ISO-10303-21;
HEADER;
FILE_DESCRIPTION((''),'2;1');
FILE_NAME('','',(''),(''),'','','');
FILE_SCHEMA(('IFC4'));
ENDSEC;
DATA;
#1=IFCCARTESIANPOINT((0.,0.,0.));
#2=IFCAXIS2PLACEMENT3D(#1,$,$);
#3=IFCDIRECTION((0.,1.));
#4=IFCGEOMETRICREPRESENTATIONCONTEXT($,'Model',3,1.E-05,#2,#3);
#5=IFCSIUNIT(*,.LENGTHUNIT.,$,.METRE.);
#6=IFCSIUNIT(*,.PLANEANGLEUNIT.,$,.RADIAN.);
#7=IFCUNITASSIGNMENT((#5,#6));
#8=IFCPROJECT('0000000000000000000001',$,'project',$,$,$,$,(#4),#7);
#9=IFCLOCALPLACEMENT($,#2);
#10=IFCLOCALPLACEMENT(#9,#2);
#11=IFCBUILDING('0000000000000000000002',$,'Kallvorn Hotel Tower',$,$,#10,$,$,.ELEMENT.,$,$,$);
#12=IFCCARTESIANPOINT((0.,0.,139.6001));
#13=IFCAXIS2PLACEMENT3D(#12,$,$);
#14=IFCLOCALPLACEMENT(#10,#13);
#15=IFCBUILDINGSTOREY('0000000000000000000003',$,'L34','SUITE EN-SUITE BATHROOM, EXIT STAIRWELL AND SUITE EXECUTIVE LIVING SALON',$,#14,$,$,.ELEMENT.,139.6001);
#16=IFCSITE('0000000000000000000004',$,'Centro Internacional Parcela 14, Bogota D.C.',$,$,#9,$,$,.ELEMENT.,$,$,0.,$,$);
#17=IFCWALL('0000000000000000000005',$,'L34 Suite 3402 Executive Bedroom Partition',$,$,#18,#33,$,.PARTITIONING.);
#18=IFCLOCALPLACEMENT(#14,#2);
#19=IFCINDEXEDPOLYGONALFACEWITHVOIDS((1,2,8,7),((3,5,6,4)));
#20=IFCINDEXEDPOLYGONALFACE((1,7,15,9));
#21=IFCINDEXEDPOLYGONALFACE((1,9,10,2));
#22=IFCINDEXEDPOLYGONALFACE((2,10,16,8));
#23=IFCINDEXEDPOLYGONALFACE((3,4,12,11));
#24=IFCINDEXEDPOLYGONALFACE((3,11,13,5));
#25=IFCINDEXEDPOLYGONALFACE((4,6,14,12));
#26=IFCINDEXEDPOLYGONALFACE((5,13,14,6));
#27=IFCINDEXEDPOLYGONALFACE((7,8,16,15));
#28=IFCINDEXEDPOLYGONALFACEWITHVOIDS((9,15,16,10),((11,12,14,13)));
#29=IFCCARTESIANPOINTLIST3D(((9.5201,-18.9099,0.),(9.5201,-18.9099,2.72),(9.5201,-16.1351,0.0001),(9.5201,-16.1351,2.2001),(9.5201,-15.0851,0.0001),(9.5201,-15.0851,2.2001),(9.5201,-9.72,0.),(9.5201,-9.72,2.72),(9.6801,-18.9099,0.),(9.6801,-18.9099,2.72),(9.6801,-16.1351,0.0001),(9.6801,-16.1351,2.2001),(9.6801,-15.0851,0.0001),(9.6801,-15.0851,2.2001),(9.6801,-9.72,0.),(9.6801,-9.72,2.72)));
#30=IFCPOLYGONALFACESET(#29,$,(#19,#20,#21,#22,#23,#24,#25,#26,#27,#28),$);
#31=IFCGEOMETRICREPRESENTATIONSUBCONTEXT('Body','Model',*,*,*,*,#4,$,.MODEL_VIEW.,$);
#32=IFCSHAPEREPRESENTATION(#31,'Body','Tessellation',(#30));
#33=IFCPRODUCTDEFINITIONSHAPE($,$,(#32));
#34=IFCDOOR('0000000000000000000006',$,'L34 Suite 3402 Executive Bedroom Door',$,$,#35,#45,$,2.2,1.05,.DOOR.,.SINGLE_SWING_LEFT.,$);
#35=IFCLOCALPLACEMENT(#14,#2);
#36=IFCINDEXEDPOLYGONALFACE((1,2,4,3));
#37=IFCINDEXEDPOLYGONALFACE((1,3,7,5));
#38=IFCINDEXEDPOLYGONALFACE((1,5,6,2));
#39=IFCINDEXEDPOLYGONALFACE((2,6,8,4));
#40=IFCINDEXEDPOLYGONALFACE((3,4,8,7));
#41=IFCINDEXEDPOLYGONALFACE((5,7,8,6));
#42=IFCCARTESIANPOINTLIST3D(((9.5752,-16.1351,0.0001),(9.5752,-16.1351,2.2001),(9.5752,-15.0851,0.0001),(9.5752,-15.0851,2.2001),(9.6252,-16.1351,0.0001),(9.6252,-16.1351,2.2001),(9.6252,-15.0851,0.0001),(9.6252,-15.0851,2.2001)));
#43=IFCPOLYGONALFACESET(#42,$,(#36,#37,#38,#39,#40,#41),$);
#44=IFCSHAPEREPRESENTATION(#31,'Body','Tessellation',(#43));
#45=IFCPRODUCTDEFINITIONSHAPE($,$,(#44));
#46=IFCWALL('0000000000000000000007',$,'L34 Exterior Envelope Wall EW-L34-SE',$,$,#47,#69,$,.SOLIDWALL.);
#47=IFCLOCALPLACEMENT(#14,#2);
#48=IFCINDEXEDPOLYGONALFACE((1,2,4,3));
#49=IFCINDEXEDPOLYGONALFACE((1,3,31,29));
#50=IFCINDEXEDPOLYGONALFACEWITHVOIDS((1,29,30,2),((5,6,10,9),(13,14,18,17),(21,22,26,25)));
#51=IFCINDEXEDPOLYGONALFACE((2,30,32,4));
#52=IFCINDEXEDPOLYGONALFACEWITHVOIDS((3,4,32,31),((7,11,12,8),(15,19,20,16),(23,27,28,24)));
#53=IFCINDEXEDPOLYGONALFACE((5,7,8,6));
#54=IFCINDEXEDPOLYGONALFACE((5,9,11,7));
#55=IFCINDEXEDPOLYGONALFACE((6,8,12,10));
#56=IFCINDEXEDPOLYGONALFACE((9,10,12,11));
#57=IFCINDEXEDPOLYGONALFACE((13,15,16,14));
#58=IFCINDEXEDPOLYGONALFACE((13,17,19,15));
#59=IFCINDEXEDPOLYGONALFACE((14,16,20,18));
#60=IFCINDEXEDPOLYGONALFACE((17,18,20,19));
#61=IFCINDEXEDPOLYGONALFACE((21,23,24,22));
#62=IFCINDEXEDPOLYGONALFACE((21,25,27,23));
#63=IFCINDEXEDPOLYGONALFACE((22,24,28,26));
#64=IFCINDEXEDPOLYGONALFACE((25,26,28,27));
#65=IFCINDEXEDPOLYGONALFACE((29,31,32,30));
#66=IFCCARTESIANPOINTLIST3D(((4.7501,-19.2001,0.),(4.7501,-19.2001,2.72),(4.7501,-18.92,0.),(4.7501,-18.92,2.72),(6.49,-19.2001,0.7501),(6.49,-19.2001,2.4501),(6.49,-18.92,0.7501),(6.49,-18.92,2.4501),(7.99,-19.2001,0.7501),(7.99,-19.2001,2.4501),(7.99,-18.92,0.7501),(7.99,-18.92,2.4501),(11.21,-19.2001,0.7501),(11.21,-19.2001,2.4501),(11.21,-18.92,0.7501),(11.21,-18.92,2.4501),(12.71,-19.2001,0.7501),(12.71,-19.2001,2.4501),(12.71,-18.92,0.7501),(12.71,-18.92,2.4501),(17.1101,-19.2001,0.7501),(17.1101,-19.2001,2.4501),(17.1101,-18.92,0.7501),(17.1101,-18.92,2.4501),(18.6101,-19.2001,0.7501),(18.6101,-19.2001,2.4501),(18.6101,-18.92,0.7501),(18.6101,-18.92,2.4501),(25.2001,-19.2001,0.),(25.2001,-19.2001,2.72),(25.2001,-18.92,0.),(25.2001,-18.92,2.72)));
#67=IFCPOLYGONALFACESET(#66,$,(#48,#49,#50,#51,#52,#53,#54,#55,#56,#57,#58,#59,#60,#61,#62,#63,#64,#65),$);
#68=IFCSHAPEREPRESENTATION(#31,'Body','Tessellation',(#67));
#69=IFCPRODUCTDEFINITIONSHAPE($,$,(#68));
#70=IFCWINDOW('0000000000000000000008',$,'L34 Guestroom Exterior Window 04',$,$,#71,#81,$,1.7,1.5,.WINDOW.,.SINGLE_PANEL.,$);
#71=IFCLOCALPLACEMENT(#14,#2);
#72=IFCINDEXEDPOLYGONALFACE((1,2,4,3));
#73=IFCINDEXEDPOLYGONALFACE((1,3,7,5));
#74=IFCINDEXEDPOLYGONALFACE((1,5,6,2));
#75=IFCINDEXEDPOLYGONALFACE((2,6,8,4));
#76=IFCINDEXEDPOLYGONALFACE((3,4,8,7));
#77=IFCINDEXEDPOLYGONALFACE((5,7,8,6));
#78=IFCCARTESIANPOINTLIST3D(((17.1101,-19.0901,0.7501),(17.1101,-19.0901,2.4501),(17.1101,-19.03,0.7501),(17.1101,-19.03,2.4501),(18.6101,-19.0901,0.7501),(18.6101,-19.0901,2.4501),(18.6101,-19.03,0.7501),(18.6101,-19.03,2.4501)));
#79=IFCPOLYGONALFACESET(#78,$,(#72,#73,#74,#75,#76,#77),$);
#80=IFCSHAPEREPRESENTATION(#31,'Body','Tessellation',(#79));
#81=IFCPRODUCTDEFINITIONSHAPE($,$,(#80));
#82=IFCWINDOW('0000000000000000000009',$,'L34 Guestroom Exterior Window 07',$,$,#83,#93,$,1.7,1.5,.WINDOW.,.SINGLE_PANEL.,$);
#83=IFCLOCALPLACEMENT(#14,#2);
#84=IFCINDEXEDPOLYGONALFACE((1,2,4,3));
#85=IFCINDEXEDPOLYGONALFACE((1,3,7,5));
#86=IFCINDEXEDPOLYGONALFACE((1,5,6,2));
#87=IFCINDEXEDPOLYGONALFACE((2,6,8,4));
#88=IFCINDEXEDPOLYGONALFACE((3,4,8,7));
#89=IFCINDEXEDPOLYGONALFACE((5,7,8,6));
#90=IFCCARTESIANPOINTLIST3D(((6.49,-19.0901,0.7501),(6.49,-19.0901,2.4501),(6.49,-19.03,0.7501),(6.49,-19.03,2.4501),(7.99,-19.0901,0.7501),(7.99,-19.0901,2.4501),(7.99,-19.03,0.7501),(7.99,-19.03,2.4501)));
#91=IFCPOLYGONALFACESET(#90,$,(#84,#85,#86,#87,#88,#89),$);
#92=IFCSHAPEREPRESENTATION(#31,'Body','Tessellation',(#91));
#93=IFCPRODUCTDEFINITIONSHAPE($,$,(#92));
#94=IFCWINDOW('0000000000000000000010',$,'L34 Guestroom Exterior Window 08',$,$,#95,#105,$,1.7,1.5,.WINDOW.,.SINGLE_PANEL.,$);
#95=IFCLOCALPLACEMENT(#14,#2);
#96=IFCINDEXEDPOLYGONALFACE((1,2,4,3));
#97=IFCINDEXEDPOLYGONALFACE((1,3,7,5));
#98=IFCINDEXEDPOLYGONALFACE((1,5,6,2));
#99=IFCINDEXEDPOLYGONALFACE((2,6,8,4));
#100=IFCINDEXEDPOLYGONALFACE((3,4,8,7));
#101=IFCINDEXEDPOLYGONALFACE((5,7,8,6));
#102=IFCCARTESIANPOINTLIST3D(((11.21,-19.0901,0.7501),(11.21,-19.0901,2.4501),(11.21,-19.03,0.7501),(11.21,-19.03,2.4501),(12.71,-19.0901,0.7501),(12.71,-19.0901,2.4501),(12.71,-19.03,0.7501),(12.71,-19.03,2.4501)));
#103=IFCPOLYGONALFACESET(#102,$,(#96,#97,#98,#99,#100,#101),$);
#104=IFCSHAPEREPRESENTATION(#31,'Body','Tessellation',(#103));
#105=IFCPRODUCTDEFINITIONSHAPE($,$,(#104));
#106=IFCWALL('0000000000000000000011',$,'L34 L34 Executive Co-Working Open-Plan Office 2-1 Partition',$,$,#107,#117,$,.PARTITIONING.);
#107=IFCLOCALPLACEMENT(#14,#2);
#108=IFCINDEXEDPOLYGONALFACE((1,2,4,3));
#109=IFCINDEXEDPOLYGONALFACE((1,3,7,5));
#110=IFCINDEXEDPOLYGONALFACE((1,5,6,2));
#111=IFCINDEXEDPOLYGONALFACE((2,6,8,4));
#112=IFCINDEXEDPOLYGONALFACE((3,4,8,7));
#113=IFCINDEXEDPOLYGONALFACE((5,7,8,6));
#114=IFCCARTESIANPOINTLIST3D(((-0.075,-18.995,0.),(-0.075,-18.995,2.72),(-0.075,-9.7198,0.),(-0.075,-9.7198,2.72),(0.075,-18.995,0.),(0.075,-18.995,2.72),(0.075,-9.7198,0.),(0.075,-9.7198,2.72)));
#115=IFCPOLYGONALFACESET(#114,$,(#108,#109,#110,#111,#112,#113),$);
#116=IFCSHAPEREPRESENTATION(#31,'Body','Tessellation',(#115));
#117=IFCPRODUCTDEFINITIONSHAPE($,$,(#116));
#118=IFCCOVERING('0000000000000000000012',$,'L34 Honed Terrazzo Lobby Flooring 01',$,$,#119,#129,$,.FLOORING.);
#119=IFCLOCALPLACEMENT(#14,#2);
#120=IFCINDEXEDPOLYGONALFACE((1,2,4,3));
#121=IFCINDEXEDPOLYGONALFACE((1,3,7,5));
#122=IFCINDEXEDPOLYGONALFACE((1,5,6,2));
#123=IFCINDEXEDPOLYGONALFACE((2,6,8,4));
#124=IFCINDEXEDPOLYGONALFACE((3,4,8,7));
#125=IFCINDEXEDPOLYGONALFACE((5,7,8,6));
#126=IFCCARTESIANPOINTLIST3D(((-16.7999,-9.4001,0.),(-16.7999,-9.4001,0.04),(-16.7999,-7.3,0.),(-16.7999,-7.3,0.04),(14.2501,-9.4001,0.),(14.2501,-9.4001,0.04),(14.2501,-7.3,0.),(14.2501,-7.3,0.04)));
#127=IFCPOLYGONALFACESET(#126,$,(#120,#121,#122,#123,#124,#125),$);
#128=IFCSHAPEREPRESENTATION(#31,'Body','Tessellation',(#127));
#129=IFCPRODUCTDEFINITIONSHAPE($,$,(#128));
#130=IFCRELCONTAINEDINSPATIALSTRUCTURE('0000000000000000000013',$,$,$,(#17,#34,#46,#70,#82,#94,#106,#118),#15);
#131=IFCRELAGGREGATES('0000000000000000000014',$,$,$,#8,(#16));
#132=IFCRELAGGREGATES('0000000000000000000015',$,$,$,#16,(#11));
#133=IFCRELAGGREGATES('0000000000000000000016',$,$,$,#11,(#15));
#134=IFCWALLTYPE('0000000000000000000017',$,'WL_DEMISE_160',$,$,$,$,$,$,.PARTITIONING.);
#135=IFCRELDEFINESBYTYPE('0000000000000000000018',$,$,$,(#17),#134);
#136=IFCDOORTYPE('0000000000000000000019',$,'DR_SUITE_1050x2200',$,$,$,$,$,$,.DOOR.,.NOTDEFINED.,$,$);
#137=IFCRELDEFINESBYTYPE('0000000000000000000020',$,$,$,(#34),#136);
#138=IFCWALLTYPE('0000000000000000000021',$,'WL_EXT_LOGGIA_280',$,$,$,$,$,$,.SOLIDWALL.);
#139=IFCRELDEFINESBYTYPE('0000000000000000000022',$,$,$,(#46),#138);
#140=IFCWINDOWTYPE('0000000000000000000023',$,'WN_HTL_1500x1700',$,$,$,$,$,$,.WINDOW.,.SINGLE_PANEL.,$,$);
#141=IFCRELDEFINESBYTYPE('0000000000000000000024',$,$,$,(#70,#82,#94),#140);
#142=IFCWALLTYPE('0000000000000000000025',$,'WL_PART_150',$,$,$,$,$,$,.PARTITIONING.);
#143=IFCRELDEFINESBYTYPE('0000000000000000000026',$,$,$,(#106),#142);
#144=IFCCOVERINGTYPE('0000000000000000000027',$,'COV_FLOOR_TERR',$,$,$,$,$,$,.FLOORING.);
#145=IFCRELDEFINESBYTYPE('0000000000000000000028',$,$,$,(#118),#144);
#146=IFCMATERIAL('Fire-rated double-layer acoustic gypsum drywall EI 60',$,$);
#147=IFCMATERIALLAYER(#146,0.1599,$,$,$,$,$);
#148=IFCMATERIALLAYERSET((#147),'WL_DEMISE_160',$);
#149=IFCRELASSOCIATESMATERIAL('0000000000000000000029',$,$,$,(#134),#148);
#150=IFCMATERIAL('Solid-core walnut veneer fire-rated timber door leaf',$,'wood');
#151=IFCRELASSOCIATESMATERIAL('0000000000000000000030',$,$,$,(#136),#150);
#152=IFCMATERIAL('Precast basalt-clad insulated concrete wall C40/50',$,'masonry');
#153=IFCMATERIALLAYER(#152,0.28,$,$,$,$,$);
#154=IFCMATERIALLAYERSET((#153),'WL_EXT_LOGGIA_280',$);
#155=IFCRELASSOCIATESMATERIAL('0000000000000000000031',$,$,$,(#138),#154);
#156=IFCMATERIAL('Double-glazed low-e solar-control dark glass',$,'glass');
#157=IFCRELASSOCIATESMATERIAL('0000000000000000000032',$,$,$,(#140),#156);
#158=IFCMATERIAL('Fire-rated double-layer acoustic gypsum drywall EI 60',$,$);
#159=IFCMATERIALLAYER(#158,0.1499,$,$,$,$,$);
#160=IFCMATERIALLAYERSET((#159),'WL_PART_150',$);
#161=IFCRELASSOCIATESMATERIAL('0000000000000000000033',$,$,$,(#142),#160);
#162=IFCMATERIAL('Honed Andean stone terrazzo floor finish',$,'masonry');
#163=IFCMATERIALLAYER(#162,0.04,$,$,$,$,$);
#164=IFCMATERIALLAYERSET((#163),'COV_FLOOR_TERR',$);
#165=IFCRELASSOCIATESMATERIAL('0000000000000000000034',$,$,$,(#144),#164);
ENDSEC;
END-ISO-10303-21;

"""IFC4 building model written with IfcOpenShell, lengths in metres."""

from ifc_helpers import new_model, si_unit, direction, frame, frame_2d, origin, origin_2d, place, context, subcontext, project, spatial, rectangle, extrude, material, layer, layer_set, type_object, element, fill, save


model = new_model("IFC4")

# Units and contexts
model_context = context("Model", 3, precision=1e-05, world=origin(), true_north=direction((0.0, 1.0)))
body_context = subcontext(model_context, "Body", "Model", "MODEL_VIEW")
ifc_project = project(units=[si_unit("LENGTHUNIT", "METRE"), si_unit("PLANEANGLEUNIT", "RADIAN")], contexts=[model_context])

# Site, building, storey
site_placement = place(None, origin())
site = spatial("IfcSite", under=ifc_project, at=site_placement, Name="Centro Internacional Parcela 14, Bogota D.C.", CompositionType="ELEMENT", RefElevation=0.0)
building_placement = place(site_placement, origin())
building = spatial("IfcBuilding", under=site, at=building_placement, Name="Kallvorn Hotel Tower", CompositionType="ELEMENT")
storey_placement = place(building_placement, frame((0.0, 0.0, 139.6001)))
storey = spatial("IfcBuildingStorey", under=building, at=storey_placement, Name="L34", Description="SUITE EN-SUITE BATHROOM, EXIT STAIRWELL AND SUITE EXECUTIVE LIVING SALON", CompositionType="ELEMENT", Elevation=139.6001)

# Shared definitions
ifc_material_1 = material(Name="Fire-rated double-layer acoustic gypsum drywall EI 60")
ifc_layer_1 = layer(ifc_material_1, 0.1599)
ifc_layer_set_1 = layer_set([ifc_layer_1], Name="WL_DEMISE_160")
wall_type_1 = type_object("IfcWallType", Name="WL_DEMISE_160", PredefinedType="PARTITIONING", material=ifc_layer_set_1)

# Wall, opening, door
wall_1_placement = place(storey_placement, frame((9.6001, -18.9099, 0.0), z_axis=(0.0, 0.0, 1.0), x_axis=(0.0, 1.0, 0.0)))
wall_1 = element("IfcWall", 1, at=wall_1_placement, inside=storey, type_object=wall_type_1, Name="L34 Suite 3402 Executive Bedroom Partition", PredefinedType="PARTITIONING", context=body_context, shape_type="SweptSolid", body=[
    extrude(rectangle(XDim=9.1899, YDim=0.1599, at=frame_2d((4.595, 0.0))), origin(), (0.0, 0.0, 1.0), 2.72),
])
opening_1_placement = place(wall_1_placement, frame((2.7749, 0.0, 0.0)))
opening_1 = element("IfcOpeningElement", 2, at=opening_1_placement, cuts=wall_1, PredefinedType="OPENING", context=body_context, shape_type="SweptSolid", body=[
    extrude(rectangle(XDim=1.05, YDim=2.2, at=frame_2d((0.5249, 1.1001))), frame((0.0, 0.095, 0.0), z_axis=(0.0, -1.0, 0.0), x_axis=(1.0, 0.0, 0.0)), (0.0, 0.0, 1.0), 0.1899),
])
ifc_material_2 = material(Name="Solid-core walnut veneer fire-rated timber door leaf", Category="wood")
door_type_1 = type_object("IfcDoorType", Name="DR_SUITE_1050x2200", OperationType="NOTDEFINED", PredefinedType="DOOR", material=ifc_material_2)
door_1_placement = place(opening_1_placement, origin())
door_1 = element("IfcDoor", 3, at=door_1_placement, inside=storey, type_object=door_type_1, Name="L34 Suite 3402 Executive Bedroom Door", OperationType="SINGLE_SWING_LEFT", OverallHeight=2.2, OverallWidth=1.05, PredefinedType="DOOR", context=body_context, shape_type="SweptSolid", body=[
    extrude(rectangle(XDim=1.05, YDim=2.2, at=frame_2d((0.5249, 1.1001))), frame((0.0, 0.0249, 0.0), z_axis=(0.0, -1.0, 0.0), x_axis=(1.0, 0.0, 0.0)), (0.0, 0.0, 1.0), 0.05),
])
fill(opening_1, door_1)

# Wall, openings, windows
ifc_material_3 = material(Name="Precast basalt-clad insulated concrete wall C40/50", Category="masonry")
ifc_layer_2 = layer(ifc_material_3, 0.28)
ifc_layer_set_2 = layer_set([ifc_layer_2], Name="WL_EXT_LOGGIA_280")
wall_type_2 = type_object("IfcWallType", Name="WL_EXT_LOGGIA_280", PredefinedType="SOLIDWALL", material=ifc_layer_set_2)
wall_2_placement = place(storey_placement, frame((4.75, -19.0601, 0.0), z_axis=(0.0, 0.0, 1.0), x_axis=(1.0, 0.0, 0.0)))
wall_2 = element("IfcWall", 4, at=wall_2_placement, inside=storey, type_object=wall_type_2, Name="L34 Exterior Envelope Wall EW-L34-SE", PredefinedType="SOLIDWALL", context=body_context, shape_type="SweptSolid", body=[
    extrude(rectangle(XDim=20.45, YDim=0.28, at=frame_2d((10.2251, 0.0))), origin(), (0.0, 0.0, 1.0), 2.72),
])
opening_2_placement = place(wall_2_placement, frame((12.3601, 0.0, 0.75)))
opening_2 = element("IfcOpeningElement", 5, at=opening_2_placement, cuts=wall_2, PredefinedType="OPENING", context=body_context, shape_type="SweptSolid", body=[
    extrude(rectangle(XDim=1.5, YDim=1.7, at=frame_2d((0.75, 0.8501))), frame((0.0, 0.155, 0.0), z_axis=(0.0, -1.0, 0.0), x_axis=(1.0, 0.0, 0.0)), (0.0, 0.0, 1.0), 0.3101),
])
opening_3_placement = place(wall_2_placement, frame((1.74, 0.0, 0.75)))
opening_3 = element("IfcOpeningElement", 6, at=opening_3_placement, cuts=wall_2, PredefinedType="OPENING", context=body_context, shape_type="SweptSolid", body=[
    extrude(rectangle(XDim=1.5, YDim=1.7, at=frame_2d((0.75, 0.8501))), frame((0.0, 0.155, 0.0), z_axis=(0.0, -1.0, 0.0), x_axis=(1.0, 0.0, 0.0)), (0.0, 0.0, 1.0), 0.3101),
])
opening_4_placement = place(wall_2_placement, frame((6.46, 0.0, 0.75)))
opening_4 = element("IfcOpeningElement", 7, at=opening_4_placement, cuts=wall_2, PredefinedType="OPENING", context=body_context, shape_type="SweptSolid", body=[
    extrude(rectangle(XDim=1.5, YDim=1.7, at=frame_2d((0.75, 0.8501))), frame((0.0, 0.155, 0.0), z_axis=(0.0, -1.0, 0.0), x_axis=(1.0, 0.0, 0.0)), (0.0, 0.0, 1.0), 0.3101),
])
ifc_material_4 = material(Name="Double-glazed low-e solar-control dark glass", Category="glass")
window_type = type_object("IfcWindowType", Name="WN_HTL_1500x1700", PartitioningType="SINGLE_PANEL", PredefinedType="WINDOW", material=ifc_material_4)
window_1_placement = place(opening_2_placement, origin())
window_1 = element("IfcWindow", 8, at=window_1_placement, inside=storey, type_object=window_type, Name="L34 Guestroom Exterior Window 04", OverallHeight=1.7, OverallWidth=1.5, PartitioningType="SINGLE_PANEL", PredefinedType="WINDOW", context=body_context, shape_type="SweptSolid", body=[
    extrude(rectangle(XDim=1.5, YDim=1.7, at=frame_2d((0.75, 0.8501))), frame((0.0, 0.03, 0.0), z_axis=(0.0, -1.0, 0.0), x_axis=(1.0, 0.0, 0.0)), (0.0, 0.0, 1.0), 0.0601),
])
fill(opening_2, window_1)
window_2_placement = place(opening_3_placement, origin())
window_2 = element("IfcWindow", 9, at=window_2_placement, inside=storey, type_object=window_type, Name="L34 Guestroom Exterior Window 07", OverallHeight=1.7, OverallWidth=1.5, PartitioningType="SINGLE_PANEL", PredefinedType="WINDOW", context=body_context, shape_type="SweptSolid", body=[
    extrude(rectangle(XDim=1.5, YDim=1.7, at=frame_2d((0.75, 0.8501))), frame((0.0, 0.03, 0.0), z_axis=(0.0, -1.0, 0.0), x_axis=(1.0, 0.0, 0.0)), (0.0, 0.0, 1.0), 0.0601),
])
fill(opening_3, window_2)
window_3_placement = place(opening_4_placement, origin())
window_3 = element("IfcWindow", 10, at=window_3_placement, inside=storey, type_object=window_type, Name="L34 Guestroom Exterior Window 08", OverallHeight=1.7, OverallWidth=1.5, PartitioningType="SINGLE_PANEL", PredefinedType="WINDOW", context=body_context, shape_type="SweptSolid", body=[
    extrude(rectangle(XDim=1.5, YDim=1.7, at=frame_2d((0.75, 0.8501))), frame((0.0, 0.03, 0.0), z_axis=(0.0, -1.0, 0.0), x_axis=(1.0, 0.0, 0.0)), (0.0, 0.0, 1.0), 0.0601),
])
fill(opening_4, window_3)

# Wall
ifc_material_5 = material(Name="Fire-rated double-layer acoustic gypsum drywall EI 60")
ifc_layer_3 = layer(ifc_material_5, 0.1499)
ifc_layer_set_3 = layer_set([ifc_layer_3], Name="WL_PART_150")
wall_type_3 = type_object("IfcWallType", Name="WL_PART_150", PredefinedType="PARTITIONING", material=ifc_layer_set_3)
wall_3_placement = place(storey_placement, frame((0.0, -18.9951, 0.0), z_axis=(0.0, 0.0, 1.0), x_axis=(0.0, 1.0, 0.0)))
element("IfcWall", 11, at=wall_3_placement, inside=storey, type_object=wall_type_3, Name="L34 L34 Executive Co-Working Open-Plan Office 2-1 Partition", PredefinedType="PARTITIONING", context=body_context, shape_type="SweptSolid", body=[
    extrude(rectangle(XDim=9.2751, YDim=0.1499, at=frame_2d((4.6377, 0.0))), origin(), (0.0, 0.0, 1.0), 2.72),
])

# Covering
ifc_material_6 = material(Name="Honed Andean stone terrazzo floor finish", Category="masonry")
ifc_layer_4 = layer(ifc_material_6, 0.04)
ifc_layer_set_4 = layer_set([ifc_layer_4], Name="COV_FLOOR_TERR")
covering_type = type_object("IfcCoveringType", Name="COV_FLOOR_TERR", PredefinedType="FLOORING", material=ifc_layer_set_4)
covering_placement = place(storey_placement, frame((-1.2749, -8.3501, 0.0), z_axis=(0.0, 0.0, 1.0), x_axis=(1.0, 0.0, 0.0)))
element("IfcCovering", 12, at=covering_placement, inside=storey, type_object=covering_type, Name="L34 Honed Terrazzo Lobby Flooring 01", PredefinedType="FLOORING", context=body_context, shape_type="SweptSolid", body=[
    extrude(rectangle(XDim=31.05, YDim=2.1001, at=origin_2d()), origin(), (0.0, 0.0, 1.0), 0.04),
])

save(model, "model.ifc")
